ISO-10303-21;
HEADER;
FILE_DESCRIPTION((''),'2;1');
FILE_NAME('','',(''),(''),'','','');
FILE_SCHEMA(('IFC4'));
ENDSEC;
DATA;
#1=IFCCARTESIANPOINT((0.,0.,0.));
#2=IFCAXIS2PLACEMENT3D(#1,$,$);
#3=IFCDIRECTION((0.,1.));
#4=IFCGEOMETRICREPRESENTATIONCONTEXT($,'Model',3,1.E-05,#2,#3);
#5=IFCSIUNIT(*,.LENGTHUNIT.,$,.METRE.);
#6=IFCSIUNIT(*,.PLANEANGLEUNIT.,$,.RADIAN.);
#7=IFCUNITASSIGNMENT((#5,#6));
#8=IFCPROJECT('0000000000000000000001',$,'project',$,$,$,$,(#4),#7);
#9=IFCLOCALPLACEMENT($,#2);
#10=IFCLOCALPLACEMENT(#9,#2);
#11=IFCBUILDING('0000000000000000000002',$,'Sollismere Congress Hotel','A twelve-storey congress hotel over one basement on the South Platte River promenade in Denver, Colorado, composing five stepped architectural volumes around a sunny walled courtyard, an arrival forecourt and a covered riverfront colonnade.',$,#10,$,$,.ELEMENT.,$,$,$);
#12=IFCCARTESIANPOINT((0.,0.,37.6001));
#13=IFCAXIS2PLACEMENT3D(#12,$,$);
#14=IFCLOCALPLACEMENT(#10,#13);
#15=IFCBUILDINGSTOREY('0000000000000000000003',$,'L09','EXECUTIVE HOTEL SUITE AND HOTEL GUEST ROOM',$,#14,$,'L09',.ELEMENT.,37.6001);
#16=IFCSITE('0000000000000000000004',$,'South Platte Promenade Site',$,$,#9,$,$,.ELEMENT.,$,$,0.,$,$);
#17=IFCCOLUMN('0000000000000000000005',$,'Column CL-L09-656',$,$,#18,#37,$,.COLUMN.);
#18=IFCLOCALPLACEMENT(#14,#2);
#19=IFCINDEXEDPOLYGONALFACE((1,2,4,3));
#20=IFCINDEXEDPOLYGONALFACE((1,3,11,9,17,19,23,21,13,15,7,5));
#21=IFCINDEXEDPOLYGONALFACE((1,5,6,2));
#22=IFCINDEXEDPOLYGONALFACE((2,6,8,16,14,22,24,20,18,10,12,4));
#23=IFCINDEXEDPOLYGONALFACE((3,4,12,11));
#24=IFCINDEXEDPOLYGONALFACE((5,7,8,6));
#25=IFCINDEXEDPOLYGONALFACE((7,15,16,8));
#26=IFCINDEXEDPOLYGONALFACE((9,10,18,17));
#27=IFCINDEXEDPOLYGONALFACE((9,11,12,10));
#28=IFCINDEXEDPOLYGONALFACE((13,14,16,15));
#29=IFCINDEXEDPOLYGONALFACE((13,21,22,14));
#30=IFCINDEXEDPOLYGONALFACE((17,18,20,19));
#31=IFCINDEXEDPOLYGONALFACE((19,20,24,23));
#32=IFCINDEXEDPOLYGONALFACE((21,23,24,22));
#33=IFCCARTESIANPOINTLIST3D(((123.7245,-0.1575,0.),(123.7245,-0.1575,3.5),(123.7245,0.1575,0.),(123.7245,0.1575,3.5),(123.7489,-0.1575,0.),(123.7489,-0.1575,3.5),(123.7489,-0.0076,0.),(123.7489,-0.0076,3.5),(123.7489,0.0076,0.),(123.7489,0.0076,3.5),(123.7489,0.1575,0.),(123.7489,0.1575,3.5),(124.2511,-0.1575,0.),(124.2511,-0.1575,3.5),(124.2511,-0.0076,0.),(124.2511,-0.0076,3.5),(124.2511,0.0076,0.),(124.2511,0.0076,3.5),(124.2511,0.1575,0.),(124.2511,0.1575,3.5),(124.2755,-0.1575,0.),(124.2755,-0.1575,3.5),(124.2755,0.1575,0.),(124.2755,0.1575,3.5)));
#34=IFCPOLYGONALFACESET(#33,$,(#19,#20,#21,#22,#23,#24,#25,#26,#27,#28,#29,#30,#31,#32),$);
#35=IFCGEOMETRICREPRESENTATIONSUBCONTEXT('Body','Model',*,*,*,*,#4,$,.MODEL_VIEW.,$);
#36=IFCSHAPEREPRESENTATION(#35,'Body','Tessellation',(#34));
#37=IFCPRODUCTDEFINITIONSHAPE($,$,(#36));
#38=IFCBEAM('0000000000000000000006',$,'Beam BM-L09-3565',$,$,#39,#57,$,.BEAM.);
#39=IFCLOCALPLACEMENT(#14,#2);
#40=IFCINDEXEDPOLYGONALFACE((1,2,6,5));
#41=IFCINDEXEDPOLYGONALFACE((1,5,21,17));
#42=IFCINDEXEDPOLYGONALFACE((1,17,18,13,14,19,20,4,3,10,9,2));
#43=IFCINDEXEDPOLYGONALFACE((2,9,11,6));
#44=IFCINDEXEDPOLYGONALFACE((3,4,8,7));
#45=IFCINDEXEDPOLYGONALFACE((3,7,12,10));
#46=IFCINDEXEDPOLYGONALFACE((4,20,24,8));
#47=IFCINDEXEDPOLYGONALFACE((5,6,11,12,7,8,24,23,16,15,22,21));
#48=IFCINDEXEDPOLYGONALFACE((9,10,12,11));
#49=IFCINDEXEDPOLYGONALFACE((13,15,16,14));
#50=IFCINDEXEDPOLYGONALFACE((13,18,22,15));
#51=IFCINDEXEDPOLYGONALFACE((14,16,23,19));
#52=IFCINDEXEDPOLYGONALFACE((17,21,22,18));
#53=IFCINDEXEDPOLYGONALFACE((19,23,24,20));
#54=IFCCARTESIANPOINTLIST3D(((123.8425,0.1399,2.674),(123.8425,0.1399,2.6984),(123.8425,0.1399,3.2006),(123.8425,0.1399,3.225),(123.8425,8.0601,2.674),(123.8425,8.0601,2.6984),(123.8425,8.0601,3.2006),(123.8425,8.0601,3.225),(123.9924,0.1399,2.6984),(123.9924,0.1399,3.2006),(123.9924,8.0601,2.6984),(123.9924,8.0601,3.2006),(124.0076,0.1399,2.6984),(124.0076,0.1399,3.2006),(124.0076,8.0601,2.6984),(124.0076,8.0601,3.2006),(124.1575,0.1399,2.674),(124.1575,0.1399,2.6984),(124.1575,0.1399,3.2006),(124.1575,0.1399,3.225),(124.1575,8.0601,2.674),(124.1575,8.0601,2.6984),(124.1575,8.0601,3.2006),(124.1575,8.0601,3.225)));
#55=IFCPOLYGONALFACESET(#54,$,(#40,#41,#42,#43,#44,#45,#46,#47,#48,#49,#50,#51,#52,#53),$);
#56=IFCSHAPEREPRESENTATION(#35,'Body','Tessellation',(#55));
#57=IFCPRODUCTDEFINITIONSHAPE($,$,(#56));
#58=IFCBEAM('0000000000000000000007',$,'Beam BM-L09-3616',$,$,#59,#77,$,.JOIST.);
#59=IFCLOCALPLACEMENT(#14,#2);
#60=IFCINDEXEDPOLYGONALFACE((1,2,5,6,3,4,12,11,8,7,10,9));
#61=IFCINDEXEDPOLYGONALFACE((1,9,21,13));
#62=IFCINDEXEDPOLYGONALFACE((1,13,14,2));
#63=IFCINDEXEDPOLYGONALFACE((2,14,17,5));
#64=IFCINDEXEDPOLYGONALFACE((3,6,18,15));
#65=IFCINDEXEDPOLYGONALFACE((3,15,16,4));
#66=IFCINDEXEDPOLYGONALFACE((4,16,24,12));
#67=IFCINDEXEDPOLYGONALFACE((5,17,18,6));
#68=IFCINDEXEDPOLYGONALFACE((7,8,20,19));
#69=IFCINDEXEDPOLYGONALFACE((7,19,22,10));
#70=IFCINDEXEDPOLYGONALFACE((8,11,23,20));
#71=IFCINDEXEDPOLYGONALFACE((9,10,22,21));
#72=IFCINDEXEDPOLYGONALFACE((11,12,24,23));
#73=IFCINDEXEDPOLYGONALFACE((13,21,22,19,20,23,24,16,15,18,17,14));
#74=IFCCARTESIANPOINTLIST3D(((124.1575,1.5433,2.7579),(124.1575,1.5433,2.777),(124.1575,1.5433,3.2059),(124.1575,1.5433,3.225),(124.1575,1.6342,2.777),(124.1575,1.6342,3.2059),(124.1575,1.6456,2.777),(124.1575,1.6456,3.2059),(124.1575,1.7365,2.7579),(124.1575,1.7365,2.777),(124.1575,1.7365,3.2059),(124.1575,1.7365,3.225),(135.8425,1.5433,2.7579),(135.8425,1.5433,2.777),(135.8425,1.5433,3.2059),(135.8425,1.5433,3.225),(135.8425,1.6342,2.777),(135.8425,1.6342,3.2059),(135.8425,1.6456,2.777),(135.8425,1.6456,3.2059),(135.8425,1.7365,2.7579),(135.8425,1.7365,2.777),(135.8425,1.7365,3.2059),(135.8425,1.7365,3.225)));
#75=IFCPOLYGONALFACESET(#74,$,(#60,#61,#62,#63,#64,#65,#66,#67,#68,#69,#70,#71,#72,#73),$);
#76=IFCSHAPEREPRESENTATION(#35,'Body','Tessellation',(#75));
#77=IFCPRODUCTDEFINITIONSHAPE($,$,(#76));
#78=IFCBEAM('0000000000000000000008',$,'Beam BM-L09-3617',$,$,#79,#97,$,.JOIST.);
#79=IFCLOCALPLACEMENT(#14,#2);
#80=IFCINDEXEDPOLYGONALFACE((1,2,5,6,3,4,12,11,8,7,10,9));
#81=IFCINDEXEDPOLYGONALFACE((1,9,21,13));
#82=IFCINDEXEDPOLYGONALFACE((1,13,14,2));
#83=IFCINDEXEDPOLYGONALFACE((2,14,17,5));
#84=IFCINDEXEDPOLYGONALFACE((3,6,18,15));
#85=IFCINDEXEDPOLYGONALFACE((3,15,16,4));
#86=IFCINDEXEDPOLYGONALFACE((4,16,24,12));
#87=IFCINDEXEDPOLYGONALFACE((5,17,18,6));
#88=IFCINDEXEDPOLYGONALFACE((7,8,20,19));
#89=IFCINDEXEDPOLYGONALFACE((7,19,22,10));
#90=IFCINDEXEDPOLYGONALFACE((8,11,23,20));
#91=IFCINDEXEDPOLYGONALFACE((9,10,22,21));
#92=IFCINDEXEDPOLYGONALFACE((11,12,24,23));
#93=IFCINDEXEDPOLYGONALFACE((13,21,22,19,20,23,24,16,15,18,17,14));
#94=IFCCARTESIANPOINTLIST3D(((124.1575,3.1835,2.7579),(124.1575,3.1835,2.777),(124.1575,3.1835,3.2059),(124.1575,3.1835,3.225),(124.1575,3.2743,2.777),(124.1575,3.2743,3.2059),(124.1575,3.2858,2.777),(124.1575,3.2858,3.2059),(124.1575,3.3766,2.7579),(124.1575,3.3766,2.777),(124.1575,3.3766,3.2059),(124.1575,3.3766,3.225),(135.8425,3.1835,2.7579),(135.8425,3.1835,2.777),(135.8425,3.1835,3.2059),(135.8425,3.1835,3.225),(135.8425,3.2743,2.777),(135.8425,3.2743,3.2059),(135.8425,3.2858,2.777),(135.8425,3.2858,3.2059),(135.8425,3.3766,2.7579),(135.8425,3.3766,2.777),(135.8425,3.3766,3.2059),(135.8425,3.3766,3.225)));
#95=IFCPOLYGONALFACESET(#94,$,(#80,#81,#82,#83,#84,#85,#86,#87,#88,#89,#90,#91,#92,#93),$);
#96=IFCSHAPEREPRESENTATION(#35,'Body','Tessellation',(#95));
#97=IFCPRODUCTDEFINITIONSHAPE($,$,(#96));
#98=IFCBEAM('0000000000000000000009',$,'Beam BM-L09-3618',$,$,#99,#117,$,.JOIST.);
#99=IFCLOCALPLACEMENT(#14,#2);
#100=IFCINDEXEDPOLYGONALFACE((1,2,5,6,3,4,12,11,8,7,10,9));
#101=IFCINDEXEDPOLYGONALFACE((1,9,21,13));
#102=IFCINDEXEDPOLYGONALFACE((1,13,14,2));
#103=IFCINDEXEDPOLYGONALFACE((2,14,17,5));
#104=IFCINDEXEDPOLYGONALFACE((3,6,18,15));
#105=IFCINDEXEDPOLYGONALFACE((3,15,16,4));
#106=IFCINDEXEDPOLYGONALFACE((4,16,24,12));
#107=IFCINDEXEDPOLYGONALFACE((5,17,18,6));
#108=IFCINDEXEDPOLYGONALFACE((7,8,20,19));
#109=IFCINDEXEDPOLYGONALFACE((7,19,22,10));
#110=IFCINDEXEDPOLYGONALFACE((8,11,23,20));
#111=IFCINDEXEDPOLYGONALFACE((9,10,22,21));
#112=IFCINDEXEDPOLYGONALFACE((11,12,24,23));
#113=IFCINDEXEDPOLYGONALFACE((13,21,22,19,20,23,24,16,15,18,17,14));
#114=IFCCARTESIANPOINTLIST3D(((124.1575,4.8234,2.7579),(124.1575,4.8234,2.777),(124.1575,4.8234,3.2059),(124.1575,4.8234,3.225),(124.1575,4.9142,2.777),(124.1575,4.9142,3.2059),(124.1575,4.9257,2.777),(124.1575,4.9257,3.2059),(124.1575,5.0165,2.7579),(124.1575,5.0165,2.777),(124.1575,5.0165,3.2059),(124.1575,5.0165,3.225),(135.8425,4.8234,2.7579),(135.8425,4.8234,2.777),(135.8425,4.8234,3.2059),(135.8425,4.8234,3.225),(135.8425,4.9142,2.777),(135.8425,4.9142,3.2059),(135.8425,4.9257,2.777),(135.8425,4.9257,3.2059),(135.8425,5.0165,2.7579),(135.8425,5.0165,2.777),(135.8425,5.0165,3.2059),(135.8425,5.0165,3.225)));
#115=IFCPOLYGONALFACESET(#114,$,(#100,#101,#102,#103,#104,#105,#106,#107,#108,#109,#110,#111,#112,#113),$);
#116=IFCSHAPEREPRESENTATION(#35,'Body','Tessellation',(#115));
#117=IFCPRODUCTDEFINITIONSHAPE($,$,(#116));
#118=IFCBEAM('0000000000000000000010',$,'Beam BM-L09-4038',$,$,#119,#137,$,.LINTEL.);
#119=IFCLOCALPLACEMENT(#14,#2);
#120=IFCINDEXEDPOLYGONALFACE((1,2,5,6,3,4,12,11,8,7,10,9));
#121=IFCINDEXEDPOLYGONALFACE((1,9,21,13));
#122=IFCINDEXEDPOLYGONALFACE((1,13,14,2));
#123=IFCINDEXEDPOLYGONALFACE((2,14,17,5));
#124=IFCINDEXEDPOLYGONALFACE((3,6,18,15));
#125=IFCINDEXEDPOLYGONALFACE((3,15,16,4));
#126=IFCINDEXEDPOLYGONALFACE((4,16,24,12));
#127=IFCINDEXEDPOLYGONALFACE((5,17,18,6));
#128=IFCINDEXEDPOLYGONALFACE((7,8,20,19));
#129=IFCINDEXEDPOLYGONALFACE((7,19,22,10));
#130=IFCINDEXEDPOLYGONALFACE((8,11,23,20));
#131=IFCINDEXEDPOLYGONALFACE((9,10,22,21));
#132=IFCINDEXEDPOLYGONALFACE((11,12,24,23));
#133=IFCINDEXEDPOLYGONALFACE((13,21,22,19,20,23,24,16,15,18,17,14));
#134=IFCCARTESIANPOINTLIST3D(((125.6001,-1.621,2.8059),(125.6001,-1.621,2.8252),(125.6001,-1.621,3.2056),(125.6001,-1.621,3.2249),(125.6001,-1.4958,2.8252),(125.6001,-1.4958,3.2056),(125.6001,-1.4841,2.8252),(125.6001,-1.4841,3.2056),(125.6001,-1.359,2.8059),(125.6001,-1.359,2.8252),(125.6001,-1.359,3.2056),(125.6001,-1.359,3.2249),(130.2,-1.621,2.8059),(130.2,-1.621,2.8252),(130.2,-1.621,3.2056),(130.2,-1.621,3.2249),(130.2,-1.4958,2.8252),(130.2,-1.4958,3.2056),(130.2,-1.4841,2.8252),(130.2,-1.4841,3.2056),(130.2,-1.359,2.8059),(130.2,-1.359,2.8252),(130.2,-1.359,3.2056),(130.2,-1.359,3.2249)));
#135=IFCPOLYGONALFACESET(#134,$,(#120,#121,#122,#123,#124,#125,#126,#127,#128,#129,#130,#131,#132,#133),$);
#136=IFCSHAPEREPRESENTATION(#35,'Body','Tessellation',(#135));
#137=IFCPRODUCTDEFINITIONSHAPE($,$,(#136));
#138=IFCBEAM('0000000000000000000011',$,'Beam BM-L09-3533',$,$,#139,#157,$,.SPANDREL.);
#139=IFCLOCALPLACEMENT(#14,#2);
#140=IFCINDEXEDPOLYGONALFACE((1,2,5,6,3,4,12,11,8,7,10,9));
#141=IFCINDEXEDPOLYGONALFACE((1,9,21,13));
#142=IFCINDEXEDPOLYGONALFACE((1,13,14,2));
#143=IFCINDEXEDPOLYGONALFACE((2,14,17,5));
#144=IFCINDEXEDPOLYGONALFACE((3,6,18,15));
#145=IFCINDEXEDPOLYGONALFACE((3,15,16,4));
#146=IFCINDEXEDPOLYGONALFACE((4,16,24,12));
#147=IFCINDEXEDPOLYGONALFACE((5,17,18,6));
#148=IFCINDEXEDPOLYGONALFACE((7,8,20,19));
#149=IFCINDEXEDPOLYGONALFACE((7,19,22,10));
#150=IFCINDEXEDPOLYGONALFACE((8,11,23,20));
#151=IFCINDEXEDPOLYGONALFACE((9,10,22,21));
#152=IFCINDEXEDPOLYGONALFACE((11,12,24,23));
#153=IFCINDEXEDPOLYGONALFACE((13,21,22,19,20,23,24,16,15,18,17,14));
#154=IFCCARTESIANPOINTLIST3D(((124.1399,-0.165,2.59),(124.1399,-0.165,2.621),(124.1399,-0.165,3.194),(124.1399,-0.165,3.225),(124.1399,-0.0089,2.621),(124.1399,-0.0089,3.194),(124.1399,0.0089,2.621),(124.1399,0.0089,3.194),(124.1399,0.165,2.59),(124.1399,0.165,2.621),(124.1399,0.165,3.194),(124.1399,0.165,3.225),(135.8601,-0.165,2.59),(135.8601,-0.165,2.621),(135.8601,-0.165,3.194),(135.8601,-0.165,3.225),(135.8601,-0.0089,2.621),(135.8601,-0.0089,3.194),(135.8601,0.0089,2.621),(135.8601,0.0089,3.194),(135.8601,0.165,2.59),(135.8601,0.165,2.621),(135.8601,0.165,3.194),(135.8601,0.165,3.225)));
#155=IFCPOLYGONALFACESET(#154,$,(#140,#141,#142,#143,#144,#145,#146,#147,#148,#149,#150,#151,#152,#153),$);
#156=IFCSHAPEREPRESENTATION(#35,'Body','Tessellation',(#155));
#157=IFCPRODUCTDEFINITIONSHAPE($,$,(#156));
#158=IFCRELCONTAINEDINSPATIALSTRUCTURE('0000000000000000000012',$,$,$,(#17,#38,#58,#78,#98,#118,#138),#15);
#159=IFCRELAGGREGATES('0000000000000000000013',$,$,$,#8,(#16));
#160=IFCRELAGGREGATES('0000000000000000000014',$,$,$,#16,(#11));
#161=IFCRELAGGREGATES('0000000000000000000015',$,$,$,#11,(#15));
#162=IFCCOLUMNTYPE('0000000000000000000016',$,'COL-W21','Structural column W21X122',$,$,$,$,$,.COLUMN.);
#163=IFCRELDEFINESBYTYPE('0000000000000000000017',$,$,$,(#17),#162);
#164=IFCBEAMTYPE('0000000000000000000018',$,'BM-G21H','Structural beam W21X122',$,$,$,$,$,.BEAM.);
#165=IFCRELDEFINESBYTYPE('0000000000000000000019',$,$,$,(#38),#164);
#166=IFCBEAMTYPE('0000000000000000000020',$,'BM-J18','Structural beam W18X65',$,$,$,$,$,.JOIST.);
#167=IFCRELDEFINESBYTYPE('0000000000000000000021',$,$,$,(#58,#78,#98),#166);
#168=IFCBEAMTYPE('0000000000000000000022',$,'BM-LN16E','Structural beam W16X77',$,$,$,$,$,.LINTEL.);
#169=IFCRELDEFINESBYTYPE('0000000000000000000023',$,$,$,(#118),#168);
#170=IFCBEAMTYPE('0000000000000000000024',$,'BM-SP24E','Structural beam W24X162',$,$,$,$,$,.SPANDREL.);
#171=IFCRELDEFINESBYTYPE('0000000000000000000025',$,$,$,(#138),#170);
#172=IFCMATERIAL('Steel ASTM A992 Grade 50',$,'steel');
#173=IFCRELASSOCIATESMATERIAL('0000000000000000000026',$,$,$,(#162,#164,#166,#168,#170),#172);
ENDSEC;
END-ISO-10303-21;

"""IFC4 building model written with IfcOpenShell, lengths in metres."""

from ifc_helpers import new_model, si_unit, direction, frame, origin, origin_2d, place, context, subcontext, project, spatial, i_section, extrude, material, material_profile, profile_set, type_object, element, save


model = new_model("IFC4")

# Units and contexts
model_context = context("Model", 3, precision=1e-05, world=origin(), true_north=direction((0.0, 1.0)))
body_context = subcontext(model_context, "Body", "Model", "MODEL_VIEW")
ifc_project = project(units=[si_unit("LENGTHUNIT", "METRE"), si_unit("PLANEANGLEUNIT", "RADIAN")], contexts=[model_context])

# Site, building, storey
site_placement = place(None, origin())
site = spatial("IfcSite", under=ifc_project, at=site_placement, Name="South Platte Promenade Site", CompositionType="ELEMENT", RefElevation=0.0)
building_placement = place(site_placement, origin())
building = spatial("IfcBuilding", under=site, at=building_placement, Name="Sollismere Congress Hotel", Description="A twelve-storey congress hotel over one basement on the South Platte River promenade in Denver, Colorado, composing five stepped architectural volumes around a sunny walled courtyard, an arrival forecourt and a covered riverfront colonnade.", CompositionType="ELEMENT")
storey_placement = place(building_placement, frame((0.0, 0.0, 37.6001)))
storey = spatial("IfcBuildingStorey", under=building, at=storey_placement, Name="L09", Description="EXECUTIVE HOTEL SUITE AND HOTEL GUEST ROOM", LongName="L09", CompositionType="ELEMENT", Elevation=37.6001)

# Column
ifc_material_1 = material(Name="Steel ASTM A992 Grade 50", Category="steel")
ifc_material_profile_1 = material_profile(ifc_material_1, i_section(OverallWidth=0.3149, OverallDepth=0.551, WebThickness=0.0151, FlangeThickness=0.0244, at=origin_2d()), Name="W21X122")
ifc_profile_set_1 = profile_set([ifc_material_profile_1], Name="Steel ASTM A992 Grade 50")
column_type = type_object("IfcColumnType", Name="COL-W21", Description="Structural column W21X122", PredefinedType="COLUMN", material=ifc_profile_set_1)
column_placement = place(storey_placement, frame((124.0, 0.0, 0.0), z_axis=(0.0, 0.0, 1.0), x_axis=(0.0, 1.0, 0.0)))
element("IfcColumn", 1, at=column_placement, inside=storey, type_object=column_type, Name="Column CL-L09-656", PredefinedType="COLUMN", context=body_context, shape_type="SweptSolid", body=[
    extrude(i_section(OverallWidth=0.3149, OverallDepth=0.551, WebThickness=0.0151, FlangeThickness=0.0244, at=origin_2d()), origin(), (0.0, 0.0, 1.0), 3.5),
])

# Beams
ifc_material_profile_2 = material_profile(ifc_material_1, i_section(OverallWidth=0.3149, OverallDepth=0.551, WebThickness=0.0151, FlangeThickness=0.0244, at=origin_2d()), Name="W21X122")
ifc_profile_set_2 = profile_set([ifc_material_profile_2], Name="Steel ASTM A992 Grade 50")
beam_type_1 = type_object("IfcBeamType", Name="BM-G21H", Description="Structural beam W21X122", PredefinedType="BEAM", material=ifc_profile_set_2)
beam_1_placement = place(storey_placement, frame((124.0, 0.1399, 2.9495), z_axis=(0.0, 1.0, 0.0), x_axis=(-1.0, 0.0, 0.0)))
element("IfcBeam", 2, at=beam_1_placement, inside=storey, type_object=beam_type_1, Name="Beam BM-L09-3565", PredefinedType="BEAM", context=body_context, shape_type="SweptSolid", body=[
    extrude(i_section(OverallWidth=0.3149, OverallDepth=0.551, WebThickness=0.0151, FlangeThickness=0.0244, at=origin_2d()), origin(), (0.0, 0.0, 1.0), 7.9202),
])
ifc_material_profile_3 = material_profile(ifc_material_1, i_section(OverallWidth=0.1931, OverallDepth=0.467, WebThickness=0.0115, FlangeThickness=0.019, at=origin_2d()), Name="W18X65")
ifc_profile_set_3 = profile_set([ifc_material_profile_3], Name="Steel ASTM A992 Grade 50")
beam_type_2 = type_object("IfcBeamType", Name="BM-J18", Description="Structural beam W18X65", PredefinedType="JOIST", material=ifc_profile_set_3)
for number, where, z_axis, x_axis, name in (
    (3, (124.1575, 1.6399, 2.9915), (1.0, 0.0, 0.0), (0.0, 1.0, 0.0), "Beam BM-L09-3616"),
    (4, (124.1575, 3.28, 2.9915), (1.0, 0.0, 0.0), (0.0, 1.0, 0.0), "Beam BM-L09-3617"),
    (5, (124.1575, 4.9199, 2.9915), (1.0, 0.0, 0.0), (0.0, 1.0, 0.0), "Beam BM-L09-3618"),
):
    element("IfcBeam", number, at=place(storey_placement, frame(where, z_axis=z_axis, x_axis=x_axis)), inside=storey, type_object=beam_type_2, Name=name, PredefinedType="JOIST", context=body_context, shape_type="SweptSolid", body=[
        extrude(i_section(OverallWidth=0.1931, OverallDepth=0.467, WebThickness=0.0115, FlangeThickness=0.019, at=origin_2d()), origin(), (0.0, 0.0, 1.0), 11.6851),
    ])
ifc_material_profile_4 = material_profile(ifc_material_1, i_section(OverallWidth=0.262, OverallDepth=0.4189, WebThickness=0.0117, FlangeThickness=0.0193, at=origin_2d()), Name="W16X77")
ifc_profile_set_4 = profile_set([ifc_material_profile_4], Name="Steel ASTM A992 Grade 50")
beam_type_3 = type_object("IfcBeamType", Name="BM-LN16E", Description="Structural beam W16X77", PredefinedType="LINTEL", material=ifc_profile_set_4)
beam_2_placement = place(storey_placement, frame((125.6001, -1.49, 3.0154), z_axis=(1.0, 0.0, 0.0), x_axis=(0.0, 1.0, 0.0)))
element("IfcBeam", 6, at=beam_2_placement, inside=storey, type_object=beam_type_3, Name="Beam BM-L09-4038", PredefinedType="LINTEL", context=body_context, shape_type="SweptSolid", body=[
    extrude(i_section(OverallWidth=0.262, OverallDepth=0.4189, WebThickness=0.0117, FlangeThickness=0.0193, at=origin_2d()), origin(), (0.0, 0.0, 1.0), 4.5999),
])
ifc_material_profile_5 = material_profile(ifc_material_1, i_section(OverallWidth=0.3301, OverallDepth=0.635, WebThickness=0.0178, FlangeThickness=0.031, at=origin_2d()), Name="W24X162")
ifc_profile_set_5 = profile_set([ifc_material_profile_5], Name="Steel ASTM A992 Grade 50")
beam_type_4 = type_object("IfcBeamType", Name="BM-SP24E", Description="Structural beam W24X162", PredefinedType="SPANDREL", material=ifc_profile_set_5)
beam_3_placement = place(storey_placement, frame((124.1399, 0.0, 2.9075), z_axis=(1.0, 0.0, 0.0), x_axis=(0.0, 1.0, 0.0)))
element("IfcBeam", 7, at=beam_3_placement, inside=storey, type_object=beam_type_4, Name="Beam BM-L09-3533", PredefinedType="SPANDREL", context=body_context, shape_type="SweptSolid", body=[
    extrude(i_section(OverallWidth=0.3301, OverallDepth=0.635, WebThickness=0.0178, FlangeThickness=0.031, at=origin_2d()), origin(), (0.0, 0.0, 1.0), 11.7202),
])

save(model, "model.ifc")
